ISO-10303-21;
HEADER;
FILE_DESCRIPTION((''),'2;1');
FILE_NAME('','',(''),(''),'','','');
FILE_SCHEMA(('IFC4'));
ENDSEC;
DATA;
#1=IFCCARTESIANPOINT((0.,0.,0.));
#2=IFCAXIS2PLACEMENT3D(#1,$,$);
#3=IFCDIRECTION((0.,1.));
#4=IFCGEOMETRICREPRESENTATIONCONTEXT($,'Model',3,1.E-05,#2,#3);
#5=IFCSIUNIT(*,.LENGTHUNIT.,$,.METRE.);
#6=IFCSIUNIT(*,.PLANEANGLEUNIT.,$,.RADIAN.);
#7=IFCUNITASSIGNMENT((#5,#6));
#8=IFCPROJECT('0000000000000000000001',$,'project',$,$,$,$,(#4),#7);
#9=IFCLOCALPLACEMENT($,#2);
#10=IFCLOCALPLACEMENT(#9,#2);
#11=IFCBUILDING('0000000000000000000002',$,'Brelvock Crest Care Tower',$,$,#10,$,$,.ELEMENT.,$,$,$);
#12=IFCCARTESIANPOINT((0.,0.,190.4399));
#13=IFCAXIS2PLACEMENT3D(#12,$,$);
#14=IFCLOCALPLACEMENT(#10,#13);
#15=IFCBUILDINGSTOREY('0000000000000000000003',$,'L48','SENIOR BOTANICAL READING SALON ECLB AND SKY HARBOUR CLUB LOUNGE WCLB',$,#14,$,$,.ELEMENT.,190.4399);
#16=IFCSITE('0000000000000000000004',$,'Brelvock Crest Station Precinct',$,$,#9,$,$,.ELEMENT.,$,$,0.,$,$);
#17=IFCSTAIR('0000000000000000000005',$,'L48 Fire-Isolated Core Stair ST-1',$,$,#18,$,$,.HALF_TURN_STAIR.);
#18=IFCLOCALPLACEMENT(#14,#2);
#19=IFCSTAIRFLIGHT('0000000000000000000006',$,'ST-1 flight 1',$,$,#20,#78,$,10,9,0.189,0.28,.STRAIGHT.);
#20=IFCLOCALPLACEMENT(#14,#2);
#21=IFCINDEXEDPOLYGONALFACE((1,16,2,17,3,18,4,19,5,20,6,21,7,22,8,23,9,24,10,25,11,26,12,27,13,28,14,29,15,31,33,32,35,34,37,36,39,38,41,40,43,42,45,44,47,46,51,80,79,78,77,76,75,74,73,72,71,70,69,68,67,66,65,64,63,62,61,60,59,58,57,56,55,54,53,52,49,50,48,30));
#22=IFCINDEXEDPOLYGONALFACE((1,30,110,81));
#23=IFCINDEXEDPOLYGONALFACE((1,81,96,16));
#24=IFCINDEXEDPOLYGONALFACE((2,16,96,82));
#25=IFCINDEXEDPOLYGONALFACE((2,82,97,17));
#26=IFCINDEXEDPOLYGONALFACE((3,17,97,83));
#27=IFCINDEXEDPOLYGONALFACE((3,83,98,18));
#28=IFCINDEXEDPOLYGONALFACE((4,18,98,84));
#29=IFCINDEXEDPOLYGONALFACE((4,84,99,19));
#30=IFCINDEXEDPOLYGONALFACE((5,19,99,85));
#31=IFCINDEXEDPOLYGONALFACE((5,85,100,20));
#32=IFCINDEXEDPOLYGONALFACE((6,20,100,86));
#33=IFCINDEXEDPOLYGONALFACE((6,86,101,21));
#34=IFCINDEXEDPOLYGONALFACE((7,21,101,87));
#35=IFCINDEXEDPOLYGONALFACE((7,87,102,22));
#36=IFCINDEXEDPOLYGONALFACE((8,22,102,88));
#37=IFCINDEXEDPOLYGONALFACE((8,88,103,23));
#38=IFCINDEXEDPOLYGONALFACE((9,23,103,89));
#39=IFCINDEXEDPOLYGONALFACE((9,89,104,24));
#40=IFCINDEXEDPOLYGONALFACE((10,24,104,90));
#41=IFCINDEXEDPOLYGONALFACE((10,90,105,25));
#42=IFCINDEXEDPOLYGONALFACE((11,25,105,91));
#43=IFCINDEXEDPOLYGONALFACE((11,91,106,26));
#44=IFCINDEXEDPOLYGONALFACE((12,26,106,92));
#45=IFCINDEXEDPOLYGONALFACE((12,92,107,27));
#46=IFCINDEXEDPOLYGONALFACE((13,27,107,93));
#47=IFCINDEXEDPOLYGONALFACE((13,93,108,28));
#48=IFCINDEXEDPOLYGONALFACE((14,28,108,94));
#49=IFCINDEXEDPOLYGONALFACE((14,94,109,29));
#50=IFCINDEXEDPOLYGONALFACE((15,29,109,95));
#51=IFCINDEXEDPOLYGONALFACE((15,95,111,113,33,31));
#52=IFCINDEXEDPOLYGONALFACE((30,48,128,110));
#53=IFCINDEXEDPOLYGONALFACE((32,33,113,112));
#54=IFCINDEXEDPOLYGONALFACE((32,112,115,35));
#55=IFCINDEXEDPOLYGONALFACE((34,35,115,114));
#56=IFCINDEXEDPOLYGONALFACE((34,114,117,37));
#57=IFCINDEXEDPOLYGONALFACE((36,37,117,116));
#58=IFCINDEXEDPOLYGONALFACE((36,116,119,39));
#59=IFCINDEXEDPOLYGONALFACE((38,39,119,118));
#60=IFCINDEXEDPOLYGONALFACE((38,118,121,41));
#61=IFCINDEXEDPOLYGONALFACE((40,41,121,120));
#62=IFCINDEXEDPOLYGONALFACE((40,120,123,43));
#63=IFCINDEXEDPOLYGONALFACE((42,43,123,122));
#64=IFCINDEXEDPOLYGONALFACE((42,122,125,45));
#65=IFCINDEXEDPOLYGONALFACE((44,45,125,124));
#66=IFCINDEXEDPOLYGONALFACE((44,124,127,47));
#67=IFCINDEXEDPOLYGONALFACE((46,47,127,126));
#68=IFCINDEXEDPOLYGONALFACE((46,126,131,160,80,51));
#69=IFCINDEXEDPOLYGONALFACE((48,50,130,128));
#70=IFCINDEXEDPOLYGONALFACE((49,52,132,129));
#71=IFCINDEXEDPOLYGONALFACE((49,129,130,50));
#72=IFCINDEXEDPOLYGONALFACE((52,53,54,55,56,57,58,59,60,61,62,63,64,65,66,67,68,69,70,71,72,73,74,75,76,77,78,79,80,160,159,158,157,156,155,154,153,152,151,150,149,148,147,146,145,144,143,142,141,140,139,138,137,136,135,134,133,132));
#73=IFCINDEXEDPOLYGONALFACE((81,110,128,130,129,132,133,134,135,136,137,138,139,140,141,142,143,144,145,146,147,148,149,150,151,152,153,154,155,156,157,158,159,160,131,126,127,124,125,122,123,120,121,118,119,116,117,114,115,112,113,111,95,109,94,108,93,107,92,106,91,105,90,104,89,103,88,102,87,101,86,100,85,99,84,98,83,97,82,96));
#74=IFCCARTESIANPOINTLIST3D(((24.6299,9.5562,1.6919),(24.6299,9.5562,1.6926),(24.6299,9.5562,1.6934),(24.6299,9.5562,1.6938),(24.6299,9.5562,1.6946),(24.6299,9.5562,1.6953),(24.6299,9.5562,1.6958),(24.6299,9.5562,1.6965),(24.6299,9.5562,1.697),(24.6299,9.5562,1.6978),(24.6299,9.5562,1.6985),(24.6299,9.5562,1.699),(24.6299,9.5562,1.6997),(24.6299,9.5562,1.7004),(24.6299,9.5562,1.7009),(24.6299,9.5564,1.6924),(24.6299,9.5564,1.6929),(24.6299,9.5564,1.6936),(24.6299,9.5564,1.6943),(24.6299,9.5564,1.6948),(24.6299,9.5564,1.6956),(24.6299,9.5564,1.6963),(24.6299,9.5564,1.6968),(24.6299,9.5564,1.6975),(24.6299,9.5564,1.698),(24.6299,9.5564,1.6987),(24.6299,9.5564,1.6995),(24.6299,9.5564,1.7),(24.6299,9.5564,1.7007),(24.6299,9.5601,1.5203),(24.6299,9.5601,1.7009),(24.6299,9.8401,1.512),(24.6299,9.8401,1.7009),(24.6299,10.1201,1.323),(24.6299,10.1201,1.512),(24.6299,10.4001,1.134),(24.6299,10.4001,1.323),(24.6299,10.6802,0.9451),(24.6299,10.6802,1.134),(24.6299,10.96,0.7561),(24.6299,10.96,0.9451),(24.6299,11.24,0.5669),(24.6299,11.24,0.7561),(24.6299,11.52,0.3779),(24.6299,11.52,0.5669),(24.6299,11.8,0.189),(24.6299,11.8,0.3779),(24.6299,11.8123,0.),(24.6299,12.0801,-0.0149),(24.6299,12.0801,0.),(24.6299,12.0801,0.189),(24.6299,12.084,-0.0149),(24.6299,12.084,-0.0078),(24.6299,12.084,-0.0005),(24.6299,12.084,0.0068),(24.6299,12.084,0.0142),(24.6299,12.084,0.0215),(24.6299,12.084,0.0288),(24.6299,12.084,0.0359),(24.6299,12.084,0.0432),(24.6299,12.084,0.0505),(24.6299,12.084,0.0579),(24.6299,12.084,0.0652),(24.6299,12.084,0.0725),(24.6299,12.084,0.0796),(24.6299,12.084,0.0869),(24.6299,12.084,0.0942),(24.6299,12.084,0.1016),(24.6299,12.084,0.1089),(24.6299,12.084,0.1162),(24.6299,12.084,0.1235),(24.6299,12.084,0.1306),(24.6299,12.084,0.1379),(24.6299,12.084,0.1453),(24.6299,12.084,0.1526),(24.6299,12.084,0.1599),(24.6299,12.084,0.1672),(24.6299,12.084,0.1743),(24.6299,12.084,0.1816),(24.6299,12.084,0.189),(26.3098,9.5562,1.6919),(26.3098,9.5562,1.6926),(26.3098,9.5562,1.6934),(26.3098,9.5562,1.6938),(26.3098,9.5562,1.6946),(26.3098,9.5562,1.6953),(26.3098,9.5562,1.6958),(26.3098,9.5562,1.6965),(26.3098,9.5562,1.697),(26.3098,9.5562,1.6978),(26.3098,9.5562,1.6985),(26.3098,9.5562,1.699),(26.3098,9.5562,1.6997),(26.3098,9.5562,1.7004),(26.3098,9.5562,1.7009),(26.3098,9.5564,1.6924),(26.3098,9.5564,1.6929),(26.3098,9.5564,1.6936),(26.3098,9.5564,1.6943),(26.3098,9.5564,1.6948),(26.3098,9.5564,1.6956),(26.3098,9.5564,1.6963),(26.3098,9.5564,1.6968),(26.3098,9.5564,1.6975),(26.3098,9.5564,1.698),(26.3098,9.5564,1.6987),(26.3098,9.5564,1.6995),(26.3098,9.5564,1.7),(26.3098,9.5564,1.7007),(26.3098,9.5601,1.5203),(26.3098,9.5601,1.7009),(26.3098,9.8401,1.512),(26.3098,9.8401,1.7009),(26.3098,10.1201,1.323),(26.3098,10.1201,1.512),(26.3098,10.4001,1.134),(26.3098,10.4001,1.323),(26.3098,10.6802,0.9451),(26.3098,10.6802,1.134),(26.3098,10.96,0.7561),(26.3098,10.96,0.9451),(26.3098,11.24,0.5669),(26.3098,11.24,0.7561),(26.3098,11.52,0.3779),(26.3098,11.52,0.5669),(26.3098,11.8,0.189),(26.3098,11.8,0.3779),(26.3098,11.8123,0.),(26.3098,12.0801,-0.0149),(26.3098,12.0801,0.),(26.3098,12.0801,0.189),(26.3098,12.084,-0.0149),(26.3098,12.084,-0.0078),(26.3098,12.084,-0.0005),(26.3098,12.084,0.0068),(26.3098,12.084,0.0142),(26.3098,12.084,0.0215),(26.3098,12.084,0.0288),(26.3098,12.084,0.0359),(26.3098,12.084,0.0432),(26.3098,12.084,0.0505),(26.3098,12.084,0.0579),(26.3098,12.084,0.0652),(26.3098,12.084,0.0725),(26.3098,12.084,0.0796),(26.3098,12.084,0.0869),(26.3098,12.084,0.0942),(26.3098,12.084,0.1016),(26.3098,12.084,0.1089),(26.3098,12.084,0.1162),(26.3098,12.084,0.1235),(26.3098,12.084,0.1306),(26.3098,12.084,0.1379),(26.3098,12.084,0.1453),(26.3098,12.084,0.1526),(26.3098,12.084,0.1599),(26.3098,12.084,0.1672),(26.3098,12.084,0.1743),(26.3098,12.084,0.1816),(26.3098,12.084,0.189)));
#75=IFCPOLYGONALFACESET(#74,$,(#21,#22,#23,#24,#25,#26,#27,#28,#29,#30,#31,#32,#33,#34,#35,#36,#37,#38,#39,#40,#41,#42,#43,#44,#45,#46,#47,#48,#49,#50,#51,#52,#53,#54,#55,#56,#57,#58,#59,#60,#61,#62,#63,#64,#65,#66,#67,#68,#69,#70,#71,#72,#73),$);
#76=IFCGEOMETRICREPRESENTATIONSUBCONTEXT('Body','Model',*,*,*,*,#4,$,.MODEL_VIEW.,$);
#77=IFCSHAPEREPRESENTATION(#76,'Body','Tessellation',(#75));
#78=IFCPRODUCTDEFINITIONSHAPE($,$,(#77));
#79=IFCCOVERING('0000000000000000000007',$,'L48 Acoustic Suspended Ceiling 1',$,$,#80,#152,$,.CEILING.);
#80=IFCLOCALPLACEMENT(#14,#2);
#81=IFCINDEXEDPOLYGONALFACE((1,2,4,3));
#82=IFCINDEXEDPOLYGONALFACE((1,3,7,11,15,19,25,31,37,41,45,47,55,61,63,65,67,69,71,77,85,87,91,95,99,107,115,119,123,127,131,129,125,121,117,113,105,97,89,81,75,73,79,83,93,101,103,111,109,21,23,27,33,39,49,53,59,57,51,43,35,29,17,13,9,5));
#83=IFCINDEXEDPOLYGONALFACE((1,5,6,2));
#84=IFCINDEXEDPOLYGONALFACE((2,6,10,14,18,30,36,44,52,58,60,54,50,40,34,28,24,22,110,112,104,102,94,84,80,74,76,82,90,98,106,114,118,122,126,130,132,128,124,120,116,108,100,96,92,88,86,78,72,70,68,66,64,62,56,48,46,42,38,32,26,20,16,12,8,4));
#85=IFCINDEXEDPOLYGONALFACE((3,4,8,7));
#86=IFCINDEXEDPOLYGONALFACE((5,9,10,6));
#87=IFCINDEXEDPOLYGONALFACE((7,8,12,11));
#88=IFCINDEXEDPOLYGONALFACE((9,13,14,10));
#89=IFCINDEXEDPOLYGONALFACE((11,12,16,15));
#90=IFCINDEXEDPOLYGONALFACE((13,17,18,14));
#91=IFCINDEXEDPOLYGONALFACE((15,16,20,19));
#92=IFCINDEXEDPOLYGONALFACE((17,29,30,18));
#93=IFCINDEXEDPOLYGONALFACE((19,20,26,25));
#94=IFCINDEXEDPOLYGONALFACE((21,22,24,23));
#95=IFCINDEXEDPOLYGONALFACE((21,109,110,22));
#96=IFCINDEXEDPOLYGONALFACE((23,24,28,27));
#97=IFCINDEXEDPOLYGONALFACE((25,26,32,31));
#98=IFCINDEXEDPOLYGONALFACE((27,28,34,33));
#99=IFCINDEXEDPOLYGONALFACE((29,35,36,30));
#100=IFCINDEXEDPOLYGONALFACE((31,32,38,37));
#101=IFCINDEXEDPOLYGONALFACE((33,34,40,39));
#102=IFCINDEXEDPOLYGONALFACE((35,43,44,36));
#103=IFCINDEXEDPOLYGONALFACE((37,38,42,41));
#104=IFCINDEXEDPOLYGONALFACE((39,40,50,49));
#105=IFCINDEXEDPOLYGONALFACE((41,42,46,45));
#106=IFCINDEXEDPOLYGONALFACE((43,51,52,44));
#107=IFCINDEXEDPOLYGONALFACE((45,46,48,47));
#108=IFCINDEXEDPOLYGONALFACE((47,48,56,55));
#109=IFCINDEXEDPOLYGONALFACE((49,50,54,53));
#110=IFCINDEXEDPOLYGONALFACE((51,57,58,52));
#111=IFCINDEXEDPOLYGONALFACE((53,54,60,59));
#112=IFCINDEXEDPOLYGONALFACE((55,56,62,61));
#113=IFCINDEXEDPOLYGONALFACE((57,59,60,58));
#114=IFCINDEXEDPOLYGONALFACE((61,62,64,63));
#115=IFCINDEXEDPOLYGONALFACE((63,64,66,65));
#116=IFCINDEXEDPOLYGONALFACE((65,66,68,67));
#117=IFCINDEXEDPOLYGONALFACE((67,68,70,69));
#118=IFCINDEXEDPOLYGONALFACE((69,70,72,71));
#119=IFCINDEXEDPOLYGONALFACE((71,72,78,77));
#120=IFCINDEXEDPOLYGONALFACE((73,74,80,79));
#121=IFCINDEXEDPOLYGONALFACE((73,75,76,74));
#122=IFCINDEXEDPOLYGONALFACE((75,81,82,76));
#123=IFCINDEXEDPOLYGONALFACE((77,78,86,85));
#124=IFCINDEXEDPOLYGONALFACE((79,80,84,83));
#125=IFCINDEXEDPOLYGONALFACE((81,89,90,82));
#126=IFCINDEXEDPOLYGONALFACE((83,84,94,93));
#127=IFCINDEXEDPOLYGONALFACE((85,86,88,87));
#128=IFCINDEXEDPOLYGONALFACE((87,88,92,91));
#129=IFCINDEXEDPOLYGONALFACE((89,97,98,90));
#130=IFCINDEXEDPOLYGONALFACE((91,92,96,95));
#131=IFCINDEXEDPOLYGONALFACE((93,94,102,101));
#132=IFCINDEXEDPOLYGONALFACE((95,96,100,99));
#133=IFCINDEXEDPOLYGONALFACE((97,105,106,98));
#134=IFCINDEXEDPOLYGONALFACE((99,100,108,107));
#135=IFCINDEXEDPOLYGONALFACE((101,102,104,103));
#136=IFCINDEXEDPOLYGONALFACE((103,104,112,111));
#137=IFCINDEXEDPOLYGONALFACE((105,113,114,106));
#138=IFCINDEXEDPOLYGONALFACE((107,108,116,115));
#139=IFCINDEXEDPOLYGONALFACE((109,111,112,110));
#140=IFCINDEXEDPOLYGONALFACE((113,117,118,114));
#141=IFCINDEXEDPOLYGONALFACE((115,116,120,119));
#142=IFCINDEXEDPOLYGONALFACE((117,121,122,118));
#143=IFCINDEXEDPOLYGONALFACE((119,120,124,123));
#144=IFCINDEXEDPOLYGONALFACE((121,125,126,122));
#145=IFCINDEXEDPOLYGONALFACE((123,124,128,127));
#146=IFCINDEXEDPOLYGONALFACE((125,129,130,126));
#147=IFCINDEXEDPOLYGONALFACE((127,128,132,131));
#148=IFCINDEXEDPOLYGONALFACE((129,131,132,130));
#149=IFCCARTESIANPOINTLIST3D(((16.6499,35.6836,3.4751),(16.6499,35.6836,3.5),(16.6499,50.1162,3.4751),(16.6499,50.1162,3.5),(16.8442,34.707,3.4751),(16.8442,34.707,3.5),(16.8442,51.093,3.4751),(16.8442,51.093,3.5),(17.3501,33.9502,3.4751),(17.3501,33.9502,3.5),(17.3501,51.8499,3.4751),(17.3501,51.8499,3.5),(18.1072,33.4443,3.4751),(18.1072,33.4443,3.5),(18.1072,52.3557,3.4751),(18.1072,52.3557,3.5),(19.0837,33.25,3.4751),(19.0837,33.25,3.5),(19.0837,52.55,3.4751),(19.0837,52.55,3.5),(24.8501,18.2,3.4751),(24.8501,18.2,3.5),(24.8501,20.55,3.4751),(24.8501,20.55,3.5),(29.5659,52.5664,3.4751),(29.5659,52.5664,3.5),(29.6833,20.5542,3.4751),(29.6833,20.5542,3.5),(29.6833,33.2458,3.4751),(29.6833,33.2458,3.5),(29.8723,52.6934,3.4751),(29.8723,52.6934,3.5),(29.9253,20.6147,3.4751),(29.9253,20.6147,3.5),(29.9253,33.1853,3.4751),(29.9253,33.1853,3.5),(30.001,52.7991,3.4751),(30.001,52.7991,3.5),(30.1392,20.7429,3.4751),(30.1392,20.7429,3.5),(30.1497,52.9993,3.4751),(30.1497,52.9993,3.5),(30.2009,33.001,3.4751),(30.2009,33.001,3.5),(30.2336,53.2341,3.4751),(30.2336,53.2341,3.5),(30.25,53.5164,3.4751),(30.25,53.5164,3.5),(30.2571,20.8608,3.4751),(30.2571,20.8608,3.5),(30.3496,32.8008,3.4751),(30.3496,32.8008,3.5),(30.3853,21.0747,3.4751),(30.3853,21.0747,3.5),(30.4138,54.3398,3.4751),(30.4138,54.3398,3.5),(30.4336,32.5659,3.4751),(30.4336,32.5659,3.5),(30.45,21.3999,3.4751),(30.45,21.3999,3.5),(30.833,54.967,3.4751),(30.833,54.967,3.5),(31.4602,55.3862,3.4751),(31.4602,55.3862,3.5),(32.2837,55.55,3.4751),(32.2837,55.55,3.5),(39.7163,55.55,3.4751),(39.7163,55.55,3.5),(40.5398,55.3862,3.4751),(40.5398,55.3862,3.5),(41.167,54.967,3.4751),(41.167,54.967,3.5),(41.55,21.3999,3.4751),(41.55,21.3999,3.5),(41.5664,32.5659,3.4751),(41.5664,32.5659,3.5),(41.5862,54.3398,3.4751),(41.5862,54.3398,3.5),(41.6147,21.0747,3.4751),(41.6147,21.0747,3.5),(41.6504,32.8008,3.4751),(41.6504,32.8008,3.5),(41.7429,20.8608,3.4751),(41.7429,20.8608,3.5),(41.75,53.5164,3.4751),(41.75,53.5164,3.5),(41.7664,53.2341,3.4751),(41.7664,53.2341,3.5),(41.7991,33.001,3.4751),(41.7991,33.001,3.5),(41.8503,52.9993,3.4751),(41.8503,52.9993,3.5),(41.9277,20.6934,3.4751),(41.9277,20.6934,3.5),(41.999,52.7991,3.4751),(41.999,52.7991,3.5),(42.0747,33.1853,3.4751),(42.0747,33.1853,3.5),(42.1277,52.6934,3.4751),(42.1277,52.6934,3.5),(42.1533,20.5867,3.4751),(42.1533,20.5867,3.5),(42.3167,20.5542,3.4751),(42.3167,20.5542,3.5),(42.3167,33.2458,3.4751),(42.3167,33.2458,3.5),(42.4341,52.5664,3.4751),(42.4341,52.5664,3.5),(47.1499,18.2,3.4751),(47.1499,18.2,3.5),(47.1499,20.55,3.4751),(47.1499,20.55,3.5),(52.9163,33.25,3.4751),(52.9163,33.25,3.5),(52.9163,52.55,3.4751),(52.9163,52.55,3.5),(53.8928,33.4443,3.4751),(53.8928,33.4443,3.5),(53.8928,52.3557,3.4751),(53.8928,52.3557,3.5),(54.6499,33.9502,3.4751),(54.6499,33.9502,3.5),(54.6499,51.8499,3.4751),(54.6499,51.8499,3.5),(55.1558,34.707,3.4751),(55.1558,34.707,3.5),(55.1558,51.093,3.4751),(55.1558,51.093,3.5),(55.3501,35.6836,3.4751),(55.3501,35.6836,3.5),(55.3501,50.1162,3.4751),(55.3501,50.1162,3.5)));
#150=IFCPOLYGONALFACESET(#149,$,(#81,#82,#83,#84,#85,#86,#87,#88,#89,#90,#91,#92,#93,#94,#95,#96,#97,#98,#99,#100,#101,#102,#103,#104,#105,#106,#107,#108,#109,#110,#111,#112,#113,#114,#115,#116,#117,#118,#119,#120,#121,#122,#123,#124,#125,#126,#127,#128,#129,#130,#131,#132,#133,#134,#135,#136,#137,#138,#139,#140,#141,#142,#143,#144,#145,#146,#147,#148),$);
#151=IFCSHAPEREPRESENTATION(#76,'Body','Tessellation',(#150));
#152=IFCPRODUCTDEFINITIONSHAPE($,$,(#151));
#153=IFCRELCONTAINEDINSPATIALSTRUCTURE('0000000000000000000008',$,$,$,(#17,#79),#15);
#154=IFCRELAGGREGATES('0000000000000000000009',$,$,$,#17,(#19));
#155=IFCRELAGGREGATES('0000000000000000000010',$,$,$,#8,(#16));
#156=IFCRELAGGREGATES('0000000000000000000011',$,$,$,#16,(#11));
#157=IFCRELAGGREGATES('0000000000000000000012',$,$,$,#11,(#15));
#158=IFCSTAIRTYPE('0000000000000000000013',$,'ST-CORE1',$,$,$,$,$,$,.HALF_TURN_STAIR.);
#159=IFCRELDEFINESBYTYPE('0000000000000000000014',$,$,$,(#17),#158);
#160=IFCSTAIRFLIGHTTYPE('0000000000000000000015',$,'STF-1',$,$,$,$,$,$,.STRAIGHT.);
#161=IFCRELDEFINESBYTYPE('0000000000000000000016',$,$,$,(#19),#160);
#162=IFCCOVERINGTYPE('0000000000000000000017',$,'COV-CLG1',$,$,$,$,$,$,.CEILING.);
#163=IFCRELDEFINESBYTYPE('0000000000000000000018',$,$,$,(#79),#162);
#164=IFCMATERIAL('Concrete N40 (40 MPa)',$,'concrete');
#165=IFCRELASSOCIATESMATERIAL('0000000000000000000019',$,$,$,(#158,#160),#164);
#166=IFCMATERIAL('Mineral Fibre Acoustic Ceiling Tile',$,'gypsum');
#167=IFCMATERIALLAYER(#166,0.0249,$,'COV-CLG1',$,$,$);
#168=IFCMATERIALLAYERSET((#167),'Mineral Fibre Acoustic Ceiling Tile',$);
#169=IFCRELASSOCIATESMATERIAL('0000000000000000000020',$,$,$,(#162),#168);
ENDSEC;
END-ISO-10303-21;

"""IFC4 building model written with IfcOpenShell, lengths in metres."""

from ifc_helpers import new_model, si_unit, direction, frame, origin, place, context, subcontext, project, spatial, polyline, outline, extrude, material, layer, layer_set, type_object, element, aggregate, save


model = new_model("IFC4")

# Units and contexts
model_context = context("Model", 3, precision=1e-05, world=origin(), true_north=direction((0.0, 1.0)))
body_context = subcontext(model_context, "Body", "Model", "MODEL_VIEW")
ifc_project = project(units=[si_unit("LENGTHUNIT", "METRE"), si_unit("PLANEANGLEUNIT", "RADIAN")], contexts=[model_context])

# Site, building, storey
site_placement = place(None, origin())
site = spatial("IfcSite", under=ifc_project, at=site_placement, Name="Brelvock Crest Station Precinct", CompositionType="ELEMENT", RefElevation=0.0)
building_placement = place(site_placement, origin())
building = spatial("IfcBuilding", under=site, at=building_placement, Name="Brelvock Crest Care Tower", CompositionType="ELEMENT")
storey_placement = place(building_placement, frame((0.0, 0.0, 190.4399)))
storey = spatial("IfcBuildingStorey", under=building, at=storey_placement, Name="L48", Description="SENIOR BOTANICAL READING SALON ECLB AND SKY HARBOUR CLUB LOUNGE WCLB", CompositionType="ELEMENT", Elevation=190.4399)

# Stair
ifc_material_1 = material(Name="Concrete N40 (40 MPa)", Category="concrete")
stair_type = type_object("IfcStairType", Name="ST-CORE1", PredefinedType="HALF_TURN_STAIR", material=ifc_material_1)
stair_1_placement = place(storey_placement, origin())
stair_1 = element("IfcStair", 1, at=stair_1_placement, inside=storey, type_object=stair_type, Name="L48 Fire-Isolated Core Stair ST-1", PredefinedType="HALF_TURN_STAIR")

# Stair flight
stair_flight_type = type_object("IfcStairFlightType", Name="STF-1", PredefinedType="STRAIGHT", material=ifc_material_1)
stair_flight_placement = place(storey_placement, frame((25.47, 12.0801, 0.0), z_axis=(0.0, 0.0, 1.0), x_axis=(0.0, -1.0, 0.0)))
stair_flight = element("IfcStairFlight", 2, at=stair_flight_placement, type_object=stair_flight_type, Name="ST-1 flight 1", NumberOfRisers=10, NumberOfTreads=9, PredefinedType="STRAIGHT", RiserHeight=0.189, TreadLength=0.28, context=body_context, shape_type="SweptSolid", body=[
    extrude(outline(polyline([(-0.0039, -0.0149), (-0.0039, -0.0078), (-0.0039, -0.0005), (-0.0039, 0.0068), (-0.0039, 0.0142), (-0.0039, 0.0215), (-0.0039, 0.0288), (-0.0039, 0.0359), (-0.0039, 0.0432), (-0.0039, 0.0505), (-0.0039, 0.0579), (-0.0039, 0.0652), (-0.0039, 0.0725), (-0.0039, 0.0796), (-0.0039, 0.0869), (-0.0039, 0.0942), (-0.0039, 0.1016), (-0.0039, 0.1089), (-0.0039, 0.1162), (-0.0039, 0.1235), (-0.0039, 0.1306), (-0.0039, 0.1379), (-0.0039, 0.1453), (-0.0039, 0.1526), (-0.0039, 0.1599), (-0.0039, 0.1672), (-0.0039, 0.1743), (-0.0039, 0.1816), (-0.0039, 0.189), (0.0, 0.189), (0.28, 0.189), (0.28, 0.3779), (0.5601, 0.3779), (0.5601, 0.5669), (0.8401, 0.5669), (0.8401, 0.7561), (1.1201, 0.7561), (1.1201, 0.9451), (1.3999, 0.9451), (1.3999, 1.134), (1.6799, 1.134), (1.6799, 1.323), (1.96, 1.323), (1.96, 1.512), (2.24, 1.512), (2.24, 1.7009), (2.52, 1.7009), (2.5239, 1.7009), (2.5237, 1.7007), (2.5239, 1.7004), (2.5237, 1.7), (2.5239, 1.6997), (2.5237, 1.6995), (2.5239, 1.699), (2.5237, 1.6987), (2.5239, 1.6985), (2.5237, 1.698), (2.5239, 1.6978), (2.5237, 1.6975), (2.5239, 1.697), (2.5237, 1.6968), (2.5239, 1.6965), (2.5237, 1.6963), (2.5239, 1.6958), (2.5237, 1.6956), (2.5239, 1.6953), (2.5237, 1.6948), (2.5239, 1.6946), (2.5237, 1.6943), (2.5239, 1.6938), (2.5237, 1.6936), (2.5239, 1.6934), (2.5237, 1.6929), (2.5239, 1.6926), (2.5237, 1.6924), (2.5239, 1.6919), (2.52, 1.5203), (0.2678, 0.0), (0.0, 0.0), (0.0, -0.0149), (-0.0039, -0.0149)])), frame((0.0, 0.8398, 0.0), z_axis=(0.0, -1.0, 0.0), x_axis=(1.0, 0.0, 0.0)), (0.0, 0.0, 1.0), 1.6799),
])
aggregate(stair_1, [stair_flight])

# Covering
ifc_material_2 = material(Name="Mineral Fibre Acoustic Ceiling Tile", Category="gypsum")
ifc_layer_1 = layer(ifc_material_2, 0.0249, Name="COV-CLG1")
ifc_layer_set_1 = layer_set([ifc_layer_1], Name="Mineral Fibre Acoustic Ceiling Tile")
covering_type_1 = type_object("IfcCoveringType", Name="COV-CLG1", PredefinedType="CEILING", material=ifc_layer_set_1)
covering_1_placement = place(storey_placement, frame((0.0, 0.0, 3.4751)))
element("IfcCovering", 3, at=covering_1_placement, inside=storey, type_object=covering_type_1, Name="L48 Acoustic Suspended Ceiling 1", PredefinedType="CEILING", context=body_context, shape_type="SweptSolid", body=[
    extrude(outline(polyline([(24.8501, 18.2), (47.1499, 18.2), (47.1499, 20.55), (42.3167, 20.5542), (42.1533, 20.5867), (41.9277, 20.6934), (41.7429, 20.8608), (41.6147, 21.0747), (41.55, 21.3999), (41.5664, 32.5659), (41.6504, 32.8008), (41.7991, 33.001), (42.0747, 33.1853), (42.3167, 33.2458), (52.9163, 33.25), (53.8928, 33.4443), (54.6499, 33.9502), (55.1558, 34.707), (55.3501, 35.6836), (55.3501, 50.1162), (55.1558, 51.093), (54.6499, 51.8499), (53.8928, 52.3557), (52.9163, 52.55), (42.4341, 52.5664), (42.1277, 52.6934), (41.999, 52.7991), (41.8503, 52.9993), (41.7664, 53.2341), (41.75, 53.5164), (41.5862, 54.3398), (41.167, 54.967), (40.5398, 55.3862), (39.7163, 55.55), (32.2837, 55.55), (31.4602, 55.3862), (30.833, 54.967), (30.4138, 54.3398), (30.25, 53.5164), (30.2336, 53.2341), (30.1497, 52.9993), (30.001, 52.7991), (29.8723, 52.6934), (29.5659, 52.5664), (19.0837, 52.55), (18.1072, 52.3557), (17.3501, 51.8499), (16.8442, 51.093), (16.6499, 50.1162), (16.6499, 35.6836), (16.8442, 34.707), (17.3501, 33.9502), (18.1072, 33.4443), (19.0837, 33.25), (29.6833, 33.2458), (29.9253, 33.1853), (30.2009, 33.001), (30.3496, 32.8008), (30.4336, 32.5659), (30.45, 21.3999), (30.3853, 21.0747), (30.2571, 20.8608), (30.1392, 20.7429), (29.9253, 20.6147), (29.6833, 20.5542), (24.8501, 20.55), (24.8501, 18.2)])), origin(), (0.0, 0.0, 1.0), 0.0249),
])

save(model, "model.ifc")
